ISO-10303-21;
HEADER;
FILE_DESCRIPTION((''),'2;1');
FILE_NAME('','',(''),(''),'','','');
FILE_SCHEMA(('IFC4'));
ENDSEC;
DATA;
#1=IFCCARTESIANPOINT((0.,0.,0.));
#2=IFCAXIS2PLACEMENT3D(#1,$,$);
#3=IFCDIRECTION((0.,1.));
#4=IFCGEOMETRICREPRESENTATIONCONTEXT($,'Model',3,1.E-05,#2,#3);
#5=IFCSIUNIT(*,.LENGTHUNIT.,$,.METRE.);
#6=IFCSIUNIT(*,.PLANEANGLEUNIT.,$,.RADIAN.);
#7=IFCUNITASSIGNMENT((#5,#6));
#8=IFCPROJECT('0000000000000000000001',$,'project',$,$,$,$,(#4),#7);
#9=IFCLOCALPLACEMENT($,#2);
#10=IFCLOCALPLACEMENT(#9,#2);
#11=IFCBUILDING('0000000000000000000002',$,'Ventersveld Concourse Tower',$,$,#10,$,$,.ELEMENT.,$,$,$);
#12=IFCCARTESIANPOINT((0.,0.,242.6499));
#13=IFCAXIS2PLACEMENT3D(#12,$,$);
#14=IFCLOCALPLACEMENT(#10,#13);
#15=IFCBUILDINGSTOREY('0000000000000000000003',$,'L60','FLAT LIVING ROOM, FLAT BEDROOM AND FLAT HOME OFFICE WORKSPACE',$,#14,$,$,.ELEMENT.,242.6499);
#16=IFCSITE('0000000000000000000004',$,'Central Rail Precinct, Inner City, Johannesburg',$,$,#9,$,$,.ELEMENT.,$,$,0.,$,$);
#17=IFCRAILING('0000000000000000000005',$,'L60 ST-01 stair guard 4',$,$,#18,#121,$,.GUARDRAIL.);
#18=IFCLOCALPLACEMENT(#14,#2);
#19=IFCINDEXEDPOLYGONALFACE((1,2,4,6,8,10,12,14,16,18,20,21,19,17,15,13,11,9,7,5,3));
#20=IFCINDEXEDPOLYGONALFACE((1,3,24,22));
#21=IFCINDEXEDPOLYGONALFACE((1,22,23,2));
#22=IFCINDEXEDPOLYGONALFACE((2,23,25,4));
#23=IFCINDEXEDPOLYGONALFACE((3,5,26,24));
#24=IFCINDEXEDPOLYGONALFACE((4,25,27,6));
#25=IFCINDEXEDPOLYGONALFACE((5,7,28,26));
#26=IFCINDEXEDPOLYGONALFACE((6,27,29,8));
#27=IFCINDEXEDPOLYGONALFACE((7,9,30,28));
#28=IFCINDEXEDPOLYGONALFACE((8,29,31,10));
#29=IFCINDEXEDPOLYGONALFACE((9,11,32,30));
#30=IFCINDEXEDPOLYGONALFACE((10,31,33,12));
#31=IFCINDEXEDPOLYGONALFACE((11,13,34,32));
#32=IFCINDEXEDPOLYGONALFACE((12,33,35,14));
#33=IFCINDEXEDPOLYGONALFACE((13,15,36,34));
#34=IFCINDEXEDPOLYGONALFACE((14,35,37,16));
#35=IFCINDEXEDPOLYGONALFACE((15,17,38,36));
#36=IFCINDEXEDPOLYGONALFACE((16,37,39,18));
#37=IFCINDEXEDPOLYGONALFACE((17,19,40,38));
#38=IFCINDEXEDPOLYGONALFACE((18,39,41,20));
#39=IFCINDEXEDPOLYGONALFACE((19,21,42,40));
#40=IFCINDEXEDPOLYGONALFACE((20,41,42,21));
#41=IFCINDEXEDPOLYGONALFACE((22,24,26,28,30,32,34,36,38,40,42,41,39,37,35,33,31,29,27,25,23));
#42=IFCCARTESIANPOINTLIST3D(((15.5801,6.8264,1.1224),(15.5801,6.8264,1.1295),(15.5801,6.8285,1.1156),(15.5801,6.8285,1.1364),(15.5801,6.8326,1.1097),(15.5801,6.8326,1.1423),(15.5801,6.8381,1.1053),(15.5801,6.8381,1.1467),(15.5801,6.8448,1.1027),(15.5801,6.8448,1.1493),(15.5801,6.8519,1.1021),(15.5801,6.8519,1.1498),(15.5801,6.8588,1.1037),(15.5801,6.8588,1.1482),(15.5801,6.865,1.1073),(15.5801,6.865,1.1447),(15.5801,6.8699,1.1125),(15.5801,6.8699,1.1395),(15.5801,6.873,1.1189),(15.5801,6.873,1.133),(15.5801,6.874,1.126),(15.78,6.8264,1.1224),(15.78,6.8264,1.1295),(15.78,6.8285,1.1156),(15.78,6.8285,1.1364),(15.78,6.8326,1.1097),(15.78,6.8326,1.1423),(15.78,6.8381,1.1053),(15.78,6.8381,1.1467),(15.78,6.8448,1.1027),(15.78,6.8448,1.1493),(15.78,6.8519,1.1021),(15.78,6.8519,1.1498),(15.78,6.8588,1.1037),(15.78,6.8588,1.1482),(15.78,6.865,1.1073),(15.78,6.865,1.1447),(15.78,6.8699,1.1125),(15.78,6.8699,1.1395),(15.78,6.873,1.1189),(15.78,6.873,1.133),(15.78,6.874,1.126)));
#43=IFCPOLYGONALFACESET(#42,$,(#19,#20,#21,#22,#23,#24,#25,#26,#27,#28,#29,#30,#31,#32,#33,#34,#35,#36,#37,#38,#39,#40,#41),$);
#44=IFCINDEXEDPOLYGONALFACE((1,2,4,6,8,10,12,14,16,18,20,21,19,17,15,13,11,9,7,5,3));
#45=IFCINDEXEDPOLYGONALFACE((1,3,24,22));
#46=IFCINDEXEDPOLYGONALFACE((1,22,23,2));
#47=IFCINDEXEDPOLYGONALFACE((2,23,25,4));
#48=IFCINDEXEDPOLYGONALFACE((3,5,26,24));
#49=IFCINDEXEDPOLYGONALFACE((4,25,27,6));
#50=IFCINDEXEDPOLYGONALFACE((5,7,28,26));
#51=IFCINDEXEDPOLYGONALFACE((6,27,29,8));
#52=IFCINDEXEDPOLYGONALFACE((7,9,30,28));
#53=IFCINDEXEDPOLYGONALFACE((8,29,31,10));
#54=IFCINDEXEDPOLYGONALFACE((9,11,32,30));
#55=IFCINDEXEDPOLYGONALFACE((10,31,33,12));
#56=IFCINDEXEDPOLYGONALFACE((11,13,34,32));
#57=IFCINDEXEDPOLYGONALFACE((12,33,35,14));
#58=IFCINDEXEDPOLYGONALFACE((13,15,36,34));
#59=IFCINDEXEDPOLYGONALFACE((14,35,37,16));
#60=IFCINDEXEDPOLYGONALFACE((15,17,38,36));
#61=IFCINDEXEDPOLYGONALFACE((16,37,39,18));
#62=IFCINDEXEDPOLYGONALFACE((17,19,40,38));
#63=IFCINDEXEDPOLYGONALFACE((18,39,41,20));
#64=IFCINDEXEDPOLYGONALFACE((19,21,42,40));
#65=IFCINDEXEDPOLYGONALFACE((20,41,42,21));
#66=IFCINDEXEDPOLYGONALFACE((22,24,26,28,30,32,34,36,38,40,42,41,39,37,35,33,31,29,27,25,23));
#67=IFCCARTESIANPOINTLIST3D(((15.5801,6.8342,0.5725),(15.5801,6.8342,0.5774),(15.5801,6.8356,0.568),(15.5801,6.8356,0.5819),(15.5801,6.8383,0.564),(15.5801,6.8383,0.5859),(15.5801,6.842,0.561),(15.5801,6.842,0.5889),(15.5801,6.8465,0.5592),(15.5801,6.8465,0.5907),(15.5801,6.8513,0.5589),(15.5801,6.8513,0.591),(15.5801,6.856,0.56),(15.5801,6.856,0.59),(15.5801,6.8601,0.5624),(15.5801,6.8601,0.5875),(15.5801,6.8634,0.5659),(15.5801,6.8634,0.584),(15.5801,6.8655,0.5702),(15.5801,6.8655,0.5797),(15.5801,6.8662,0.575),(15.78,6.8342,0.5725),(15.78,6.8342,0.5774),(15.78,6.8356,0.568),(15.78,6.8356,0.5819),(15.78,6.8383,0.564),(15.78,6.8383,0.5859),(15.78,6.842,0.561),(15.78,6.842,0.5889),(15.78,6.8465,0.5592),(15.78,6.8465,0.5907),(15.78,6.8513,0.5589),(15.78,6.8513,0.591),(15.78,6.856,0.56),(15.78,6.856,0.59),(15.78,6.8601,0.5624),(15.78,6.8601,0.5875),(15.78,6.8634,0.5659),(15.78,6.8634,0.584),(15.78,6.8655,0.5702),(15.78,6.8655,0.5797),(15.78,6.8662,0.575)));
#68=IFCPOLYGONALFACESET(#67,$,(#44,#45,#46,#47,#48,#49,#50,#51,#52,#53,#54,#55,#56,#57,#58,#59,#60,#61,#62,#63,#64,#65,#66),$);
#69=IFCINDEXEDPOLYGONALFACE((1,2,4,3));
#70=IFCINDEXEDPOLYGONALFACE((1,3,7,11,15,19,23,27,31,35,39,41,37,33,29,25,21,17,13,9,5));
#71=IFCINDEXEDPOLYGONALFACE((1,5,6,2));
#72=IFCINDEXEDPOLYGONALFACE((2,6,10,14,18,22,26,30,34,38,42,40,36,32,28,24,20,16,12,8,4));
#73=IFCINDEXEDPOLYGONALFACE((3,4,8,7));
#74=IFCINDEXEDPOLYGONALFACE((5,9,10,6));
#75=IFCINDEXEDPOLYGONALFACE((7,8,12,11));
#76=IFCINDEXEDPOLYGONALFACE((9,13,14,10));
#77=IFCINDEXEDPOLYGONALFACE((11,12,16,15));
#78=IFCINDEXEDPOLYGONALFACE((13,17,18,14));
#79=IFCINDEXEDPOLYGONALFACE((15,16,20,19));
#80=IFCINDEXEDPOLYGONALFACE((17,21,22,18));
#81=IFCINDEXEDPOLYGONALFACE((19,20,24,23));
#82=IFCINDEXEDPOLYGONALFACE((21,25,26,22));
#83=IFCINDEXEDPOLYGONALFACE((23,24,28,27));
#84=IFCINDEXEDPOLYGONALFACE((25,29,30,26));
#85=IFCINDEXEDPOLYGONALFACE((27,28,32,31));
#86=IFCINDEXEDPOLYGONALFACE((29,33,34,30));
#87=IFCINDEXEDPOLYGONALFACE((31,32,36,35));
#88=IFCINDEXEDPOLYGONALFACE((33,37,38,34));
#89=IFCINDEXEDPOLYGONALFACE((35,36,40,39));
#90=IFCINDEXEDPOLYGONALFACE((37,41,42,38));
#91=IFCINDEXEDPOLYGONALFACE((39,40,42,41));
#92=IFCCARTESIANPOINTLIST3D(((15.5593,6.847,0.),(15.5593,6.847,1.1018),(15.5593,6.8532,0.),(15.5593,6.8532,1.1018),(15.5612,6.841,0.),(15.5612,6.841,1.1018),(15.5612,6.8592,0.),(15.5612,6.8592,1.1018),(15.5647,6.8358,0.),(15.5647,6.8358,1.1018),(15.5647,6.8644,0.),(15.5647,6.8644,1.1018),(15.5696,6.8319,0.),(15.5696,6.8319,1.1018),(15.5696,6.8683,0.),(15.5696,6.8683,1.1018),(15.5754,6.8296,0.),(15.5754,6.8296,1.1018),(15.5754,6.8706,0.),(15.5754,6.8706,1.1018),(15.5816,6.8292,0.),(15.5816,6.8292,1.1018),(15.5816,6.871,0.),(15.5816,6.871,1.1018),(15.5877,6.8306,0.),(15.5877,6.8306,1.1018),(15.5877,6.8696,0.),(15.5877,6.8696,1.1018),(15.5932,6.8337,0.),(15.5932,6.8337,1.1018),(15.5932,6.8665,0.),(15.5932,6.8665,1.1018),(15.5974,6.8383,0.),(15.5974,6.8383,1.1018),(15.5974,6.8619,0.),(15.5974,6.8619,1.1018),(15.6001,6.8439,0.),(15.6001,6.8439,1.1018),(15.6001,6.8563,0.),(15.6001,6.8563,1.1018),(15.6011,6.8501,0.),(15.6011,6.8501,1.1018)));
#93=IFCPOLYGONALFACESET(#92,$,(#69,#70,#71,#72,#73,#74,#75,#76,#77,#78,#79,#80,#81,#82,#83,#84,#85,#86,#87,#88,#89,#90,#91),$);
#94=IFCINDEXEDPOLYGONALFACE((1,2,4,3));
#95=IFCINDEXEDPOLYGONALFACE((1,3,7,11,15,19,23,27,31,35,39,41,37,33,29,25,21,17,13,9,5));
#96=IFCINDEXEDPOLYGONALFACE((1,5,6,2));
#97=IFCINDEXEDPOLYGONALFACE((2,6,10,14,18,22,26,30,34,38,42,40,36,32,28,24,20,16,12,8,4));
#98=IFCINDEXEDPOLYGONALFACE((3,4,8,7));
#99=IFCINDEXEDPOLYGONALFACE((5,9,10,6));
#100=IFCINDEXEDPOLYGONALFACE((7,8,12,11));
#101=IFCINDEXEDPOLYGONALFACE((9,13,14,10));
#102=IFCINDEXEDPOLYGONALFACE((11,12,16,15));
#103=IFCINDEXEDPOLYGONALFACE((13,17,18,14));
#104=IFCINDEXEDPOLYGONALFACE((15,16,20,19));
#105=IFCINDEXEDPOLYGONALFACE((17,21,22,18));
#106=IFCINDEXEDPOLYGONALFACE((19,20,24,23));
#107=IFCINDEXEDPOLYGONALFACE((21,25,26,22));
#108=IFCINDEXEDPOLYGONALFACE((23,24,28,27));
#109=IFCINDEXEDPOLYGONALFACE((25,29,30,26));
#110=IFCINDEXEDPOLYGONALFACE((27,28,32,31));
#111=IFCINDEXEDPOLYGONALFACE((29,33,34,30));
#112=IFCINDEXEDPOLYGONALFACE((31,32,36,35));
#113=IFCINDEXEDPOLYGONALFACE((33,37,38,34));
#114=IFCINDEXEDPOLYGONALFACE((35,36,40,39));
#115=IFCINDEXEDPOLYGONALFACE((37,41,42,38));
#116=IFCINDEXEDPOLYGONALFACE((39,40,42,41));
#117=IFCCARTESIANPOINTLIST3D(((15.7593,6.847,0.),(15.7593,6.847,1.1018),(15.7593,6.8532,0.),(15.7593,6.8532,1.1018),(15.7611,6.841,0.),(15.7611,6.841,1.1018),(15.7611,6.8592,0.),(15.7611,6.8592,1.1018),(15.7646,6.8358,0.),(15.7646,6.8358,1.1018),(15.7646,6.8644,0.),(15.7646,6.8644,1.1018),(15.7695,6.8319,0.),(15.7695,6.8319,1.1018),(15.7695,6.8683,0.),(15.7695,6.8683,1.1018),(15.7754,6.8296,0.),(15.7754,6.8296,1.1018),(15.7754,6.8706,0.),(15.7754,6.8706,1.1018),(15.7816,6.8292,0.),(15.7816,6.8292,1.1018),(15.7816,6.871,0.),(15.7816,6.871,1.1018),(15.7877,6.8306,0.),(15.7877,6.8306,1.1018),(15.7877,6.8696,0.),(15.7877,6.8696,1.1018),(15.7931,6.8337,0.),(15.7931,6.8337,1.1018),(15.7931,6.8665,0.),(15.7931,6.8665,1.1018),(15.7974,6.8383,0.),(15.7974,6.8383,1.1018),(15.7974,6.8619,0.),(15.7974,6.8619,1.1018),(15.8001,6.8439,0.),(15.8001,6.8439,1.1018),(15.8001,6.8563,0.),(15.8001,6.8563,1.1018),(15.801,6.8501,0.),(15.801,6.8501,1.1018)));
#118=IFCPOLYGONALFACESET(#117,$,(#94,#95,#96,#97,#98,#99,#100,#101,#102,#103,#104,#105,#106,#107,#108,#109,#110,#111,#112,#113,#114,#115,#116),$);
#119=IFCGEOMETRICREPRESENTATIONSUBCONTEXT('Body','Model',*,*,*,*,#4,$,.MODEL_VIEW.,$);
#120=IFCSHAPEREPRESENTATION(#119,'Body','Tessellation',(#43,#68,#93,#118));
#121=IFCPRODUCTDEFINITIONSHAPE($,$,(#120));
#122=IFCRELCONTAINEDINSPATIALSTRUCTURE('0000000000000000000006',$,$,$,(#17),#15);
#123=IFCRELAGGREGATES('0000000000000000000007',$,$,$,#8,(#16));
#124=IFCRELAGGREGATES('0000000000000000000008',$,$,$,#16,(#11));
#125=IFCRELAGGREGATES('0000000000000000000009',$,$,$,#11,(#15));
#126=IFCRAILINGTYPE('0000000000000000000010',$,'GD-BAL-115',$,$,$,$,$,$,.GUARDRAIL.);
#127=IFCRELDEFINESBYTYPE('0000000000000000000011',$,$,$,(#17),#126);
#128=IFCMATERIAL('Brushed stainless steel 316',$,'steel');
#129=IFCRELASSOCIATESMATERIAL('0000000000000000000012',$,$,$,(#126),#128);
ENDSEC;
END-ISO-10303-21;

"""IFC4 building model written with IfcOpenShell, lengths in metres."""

from ifc_helpers import new_model, si_unit, direction, frame, origin, origin_2d, place, context, subcontext, project, spatial, circle, extrude, material, type_object, element, save


model = new_model("IFC4")

# Units and contexts
model_context = context("Model", 3, precision=1e-05, world=origin(), true_north=direction((0.0, 1.0)))
body_context = subcontext(model_context, "Body", "Model", "MODEL_VIEW")
ifc_project = project(units=[si_unit("LENGTHUNIT", "METRE"), si_unit("PLANEANGLEUNIT", "RADIAN")], contexts=[model_context])

# Site, building, storey
site_placement = place(None, origin())
site = spatial("IfcSite", under=ifc_project, at=site_placement, Name="Central Rail Precinct, Inner City, Johannesburg", CompositionType="ELEMENT", RefElevation=0.0)
building_placement = place(site_placement, origin())
building = spatial("IfcBuilding", under=site, at=building_placement, Name="Ventersveld Concourse Tower", CompositionType="ELEMENT")
storey_placement = place(building_placement, frame((0.0, 0.0, 242.6499)))
storey = spatial("IfcBuildingStorey", under=building, at=storey_placement, Name="L60", Description="FLAT LIVING ROOM, FLAT BEDROOM AND FLAT HOME OFFICE WORKSPACE", CompositionType="ELEMENT", Elevation=242.6499)

# Shared definitions
ifc_material_1 = material(Name="Brushed stainless steel 316", Category="steel")

# Railing
railing_type_1 = type_object("IfcRailingType", Name="GD-BAL-115", PredefinedType="GUARDRAIL", material=ifc_material_1)
railing_1_placement = place(storey_placement, frame((15.5801, 6.8501, 0.0)))
element("IfcRailing", 1, at=railing_1_placement, inside=storey, type_object=railing_type_1, Name="L60 ST-01 stair guard 4", PredefinedType="GUARDRAIL", context=body_context, shape_type="SweptSolid", body=[
    extrude(circle(Radius=0.0239, at=origin_2d()), frame((0.0, 0.0, 1.126), z_axis=(1.0, 0.0, 0.0), x_axis=(0.0, 1.0, 0.0)), (0.0, 0.0, 1.0), 0.2),
    extrude(circle(Radius=0.0161, at=origin_2d()), frame((0.0, 0.0, 0.575), z_axis=(1.0, 0.0, 0.0), x_axis=(0.0, 1.0, 0.0)), (0.0, 0.0, 1.0), 0.2),
    extrude(circle(Radius=0.021, at=origin_2d()), origin(), (0.0, 0.0, 1.0), 1.1018),
    extrude(circle(Radius=0.021, at=origin_2d()), frame((0.2, 0.0, 0.0)), (0.0, 0.0, 1.0), 1.1018),
])

save(model, "model.ifc")
